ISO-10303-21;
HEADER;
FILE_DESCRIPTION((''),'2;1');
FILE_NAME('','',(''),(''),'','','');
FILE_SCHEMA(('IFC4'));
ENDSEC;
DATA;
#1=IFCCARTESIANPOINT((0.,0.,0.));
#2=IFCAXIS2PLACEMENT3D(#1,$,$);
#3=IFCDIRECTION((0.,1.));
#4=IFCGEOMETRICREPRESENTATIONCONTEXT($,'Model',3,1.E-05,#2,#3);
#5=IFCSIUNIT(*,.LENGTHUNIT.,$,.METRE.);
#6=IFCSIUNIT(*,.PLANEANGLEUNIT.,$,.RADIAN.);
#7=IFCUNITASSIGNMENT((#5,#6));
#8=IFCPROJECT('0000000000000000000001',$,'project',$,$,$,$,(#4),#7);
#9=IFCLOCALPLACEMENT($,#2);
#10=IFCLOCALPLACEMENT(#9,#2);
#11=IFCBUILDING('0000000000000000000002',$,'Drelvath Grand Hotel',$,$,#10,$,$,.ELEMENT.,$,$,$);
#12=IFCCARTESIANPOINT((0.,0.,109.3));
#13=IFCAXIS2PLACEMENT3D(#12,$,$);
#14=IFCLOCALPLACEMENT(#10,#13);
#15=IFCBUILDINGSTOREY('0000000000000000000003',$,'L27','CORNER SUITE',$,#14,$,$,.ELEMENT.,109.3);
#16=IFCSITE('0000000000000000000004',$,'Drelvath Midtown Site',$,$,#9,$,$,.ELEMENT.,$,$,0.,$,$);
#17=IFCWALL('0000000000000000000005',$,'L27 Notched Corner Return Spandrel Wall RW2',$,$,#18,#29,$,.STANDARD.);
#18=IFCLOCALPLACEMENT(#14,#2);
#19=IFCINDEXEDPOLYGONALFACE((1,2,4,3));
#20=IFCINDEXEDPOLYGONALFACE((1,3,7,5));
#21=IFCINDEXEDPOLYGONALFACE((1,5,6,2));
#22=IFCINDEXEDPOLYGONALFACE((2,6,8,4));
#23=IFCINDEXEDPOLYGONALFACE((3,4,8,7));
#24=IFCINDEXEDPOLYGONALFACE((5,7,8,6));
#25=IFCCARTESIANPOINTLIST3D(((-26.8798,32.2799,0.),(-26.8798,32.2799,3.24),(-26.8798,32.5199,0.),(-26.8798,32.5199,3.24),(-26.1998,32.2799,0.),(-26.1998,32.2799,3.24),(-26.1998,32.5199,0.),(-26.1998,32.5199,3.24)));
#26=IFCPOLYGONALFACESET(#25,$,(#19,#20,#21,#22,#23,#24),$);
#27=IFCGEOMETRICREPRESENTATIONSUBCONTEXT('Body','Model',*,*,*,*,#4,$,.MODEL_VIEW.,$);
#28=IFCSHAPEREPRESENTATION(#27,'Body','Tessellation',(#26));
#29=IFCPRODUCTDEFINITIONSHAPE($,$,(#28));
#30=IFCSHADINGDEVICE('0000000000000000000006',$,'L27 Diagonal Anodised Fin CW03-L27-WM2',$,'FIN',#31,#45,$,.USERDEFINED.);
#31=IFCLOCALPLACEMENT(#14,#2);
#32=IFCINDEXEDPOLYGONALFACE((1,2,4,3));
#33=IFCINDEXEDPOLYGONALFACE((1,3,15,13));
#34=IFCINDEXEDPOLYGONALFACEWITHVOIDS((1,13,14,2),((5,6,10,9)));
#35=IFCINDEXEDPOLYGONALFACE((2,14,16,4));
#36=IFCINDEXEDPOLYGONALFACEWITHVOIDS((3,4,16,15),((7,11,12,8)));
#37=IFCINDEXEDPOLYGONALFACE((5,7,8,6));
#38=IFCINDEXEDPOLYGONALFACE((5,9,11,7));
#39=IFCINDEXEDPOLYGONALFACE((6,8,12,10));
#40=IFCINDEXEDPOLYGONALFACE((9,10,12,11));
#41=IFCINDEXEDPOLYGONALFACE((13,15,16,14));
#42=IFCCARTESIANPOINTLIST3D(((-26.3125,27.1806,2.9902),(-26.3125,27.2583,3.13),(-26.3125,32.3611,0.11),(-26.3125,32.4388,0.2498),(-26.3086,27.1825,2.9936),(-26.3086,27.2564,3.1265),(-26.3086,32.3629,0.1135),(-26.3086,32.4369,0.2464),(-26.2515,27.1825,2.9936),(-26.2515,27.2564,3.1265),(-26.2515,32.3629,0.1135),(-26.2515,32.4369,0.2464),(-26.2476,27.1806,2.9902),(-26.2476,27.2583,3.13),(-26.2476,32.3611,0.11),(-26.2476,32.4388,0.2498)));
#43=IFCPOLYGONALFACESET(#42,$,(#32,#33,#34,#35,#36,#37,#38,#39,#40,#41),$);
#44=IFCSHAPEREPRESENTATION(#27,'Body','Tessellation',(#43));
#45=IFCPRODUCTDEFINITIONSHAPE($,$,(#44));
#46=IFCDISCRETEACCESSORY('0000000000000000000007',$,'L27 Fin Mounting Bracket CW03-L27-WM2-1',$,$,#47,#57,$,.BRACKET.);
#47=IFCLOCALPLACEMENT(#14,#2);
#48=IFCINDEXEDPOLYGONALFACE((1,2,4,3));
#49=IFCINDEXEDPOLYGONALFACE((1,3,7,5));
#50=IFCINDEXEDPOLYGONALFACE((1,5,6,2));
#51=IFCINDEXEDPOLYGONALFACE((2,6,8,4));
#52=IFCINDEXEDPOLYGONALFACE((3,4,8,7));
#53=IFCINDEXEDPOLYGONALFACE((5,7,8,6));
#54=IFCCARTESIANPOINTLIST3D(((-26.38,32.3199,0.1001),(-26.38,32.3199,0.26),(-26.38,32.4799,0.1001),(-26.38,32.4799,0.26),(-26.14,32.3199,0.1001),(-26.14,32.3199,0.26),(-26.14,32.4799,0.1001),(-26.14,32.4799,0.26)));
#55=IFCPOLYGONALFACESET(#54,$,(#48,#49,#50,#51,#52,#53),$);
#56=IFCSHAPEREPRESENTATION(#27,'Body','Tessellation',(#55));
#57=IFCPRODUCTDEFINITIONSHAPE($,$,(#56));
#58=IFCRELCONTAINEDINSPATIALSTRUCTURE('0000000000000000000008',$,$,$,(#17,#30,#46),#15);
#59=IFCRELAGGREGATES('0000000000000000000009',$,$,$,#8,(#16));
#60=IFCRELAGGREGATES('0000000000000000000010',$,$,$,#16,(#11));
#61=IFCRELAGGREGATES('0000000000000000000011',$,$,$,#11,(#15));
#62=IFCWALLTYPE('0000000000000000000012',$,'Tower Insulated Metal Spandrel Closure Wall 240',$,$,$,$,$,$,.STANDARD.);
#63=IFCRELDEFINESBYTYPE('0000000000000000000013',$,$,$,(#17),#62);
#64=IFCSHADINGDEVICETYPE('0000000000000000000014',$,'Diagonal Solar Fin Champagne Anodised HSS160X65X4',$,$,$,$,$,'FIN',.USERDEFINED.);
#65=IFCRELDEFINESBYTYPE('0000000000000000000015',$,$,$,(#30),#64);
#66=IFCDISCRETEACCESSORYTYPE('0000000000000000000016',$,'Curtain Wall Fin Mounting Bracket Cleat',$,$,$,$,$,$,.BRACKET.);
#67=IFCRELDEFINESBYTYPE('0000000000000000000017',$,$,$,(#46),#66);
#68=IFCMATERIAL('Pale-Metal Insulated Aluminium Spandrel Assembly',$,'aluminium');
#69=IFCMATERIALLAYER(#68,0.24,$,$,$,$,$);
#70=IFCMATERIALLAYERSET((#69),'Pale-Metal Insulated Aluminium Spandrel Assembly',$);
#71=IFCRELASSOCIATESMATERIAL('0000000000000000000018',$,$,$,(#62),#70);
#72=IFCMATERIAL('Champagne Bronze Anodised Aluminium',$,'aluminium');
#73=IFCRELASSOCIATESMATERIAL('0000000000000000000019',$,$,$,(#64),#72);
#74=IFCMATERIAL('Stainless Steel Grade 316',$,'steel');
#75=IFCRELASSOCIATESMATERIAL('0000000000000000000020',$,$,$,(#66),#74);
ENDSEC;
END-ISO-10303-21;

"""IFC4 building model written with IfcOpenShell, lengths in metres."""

from ifc_helpers import new_model, si_unit, direction, frame, frame_2d, origin, origin_2d, place, context, subcontext, project, spatial, rectangle, hollow_rectangle, extrude, material, layer, layer_set, material_profile, profile_set, type_object, element, save


model = new_model("IFC4")

# Units and contexts
model_context = context("Model", 3, precision=1e-05, world=origin(), true_north=direction((0.0, 1.0)))
body_context = subcontext(model_context, "Body", "Model", "MODEL_VIEW")
ifc_project = project(units=[si_unit("LENGTHUNIT", "METRE"), si_unit("PLANEANGLEUNIT", "RADIAN")], contexts=[model_context])

# Site, building, storey
site_placement = place(None, origin())
site = spatial("IfcSite", under=ifc_project, at=site_placement, Name="Drelvath Midtown Site", CompositionType="ELEMENT", RefElevation=0.0)
building_placement = place(site_placement, origin())
building = spatial("IfcBuilding", under=site, at=building_placement, Name="Drelvath Grand Hotel", CompositionType="ELEMENT")
storey_placement = place(building_placement, frame((0.0, 0.0, 109.3)))
storey = spatial("IfcBuildingStorey", under=building, at=storey_placement, Name="L27", Description="CORNER SUITE", CompositionType="ELEMENT", Elevation=109.3)

# Shared definitions
ifc_material_1 = material(Name="Pale-Metal Insulated Aluminium Spandrel Assembly", Category="aluminium")
ifc_layer_1 = layer(ifc_material_1, 0.24)
ifc_layer_set_1 = layer_set([ifc_layer_1], Name="Pale-Metal Insulated Aluminium Spandrel Assembly")
wall_type_1 = type_object("IfcWallType", Name="Tower Insulated Metal Spandrel Closure Wall 240", PredefinedType="STANDARD", material=ifc_layer_set_1)

# Wall
wall_1_placement = place(storey_placement, frame((-26.2, 32.3999, 0.0), z_axis=(0.0, 0.0, 1.0), x_axis=(-1.0, 0.0, 0.0)))
element("IfcWall", 1, at=wall_1_placement, inside=storey, type_object=wall_type_1, Name="L27 Notched Corner Return Spandrel Wall RW2", PredefinedType="STANDARD", context=body_context, shape_type="SweptSolid", body=[
    extrude(rectangle(XDim=0.6799, YDim=0.24, at=frame_2d((0.3398, 0.0))), origin(), (0.0, 0.0, 1.0), 3.24),
])

# Shading device
ifc_material_2 = material(Name="Champagne Bronze Anodised Aluminium", Category="aluminium")
ifc_material_profile_1 = material_profile(ifc_material_2, hollow_rectangle(XDim=0.0649, YDim=0.1599, WallThickness=0.0039, at=origin_2d()), Name="HSS160X65X4")
ifc_profile_set_1 = profile_set([ifc_material_profile_1], Name="Champagne Bronze Anodised Aluminium")
shading_device_type = type_object("IfcShadingDeviceType", Name="Diagonal Solar Fin Champagne Anodised HSS160X65X4", ElementType="FIN", PredefinedType="USERDEFINED", material=ifc_profile_set_1)
shading_device_placement = place(storey_placement, frame((-26.28, 32.3999, 0.1799), z_axis=(0.0, -0.874006, 0.485916), x_axis=(1.0, 0.0, 0.0)))
element("IfcShadingDevice", 2, at=shading_device_placement, inside=storey, type_object=shading_device_type, Name="L27 Diagonal Anodised Fin CW03-L27-WM2", ObjectType="FIN", PredefinedType="USERDEFINED", context=body_context, shape_type="SweptSolid", body=[
    extrude(hollow_rectangle(XDim=0.0649, YDim=0.1599, WallThickness=0.0039, at=origin_2d()), origin(), (0.0, 0.0, 1.0), 5.9272),
])

# Discrete accessory
ifc_material_3 = material(Name="Stainless Steel Grade 316", Category="steel")
discrete_accessory_type = type_object("IfcDiscreteAccessoryType", Name="Curtain Wall Fin Mounting Bracket Cleat", PredefinedType="BRACKET", material=ifc_material_3)
discrete_accessory_placement = place(storey_placement, frame((-26.26, 32.3999, 0.1001), z_axis=(0.0, 0.0, 1.0), x_axis=(0.0, 1.0, 0.0)))
element("IfcDiscreteAccessory", 3, at=discrete_accessory_placement, inside=storey, type_object=discrete_accessory_type, Name="L27 Fin Mounting Bracket CW03-L27-WM2-1", PredefinedType="BRACKET", context=body_context, shape_type="SweptSolid", body=[
    extrude(rectangle(XDim=0.1599, YDim=0.24, at=origin_2d()), origin(), (0.0, 0.0, 1.0), 0.1599),
])

save(model, "model.ifc")
